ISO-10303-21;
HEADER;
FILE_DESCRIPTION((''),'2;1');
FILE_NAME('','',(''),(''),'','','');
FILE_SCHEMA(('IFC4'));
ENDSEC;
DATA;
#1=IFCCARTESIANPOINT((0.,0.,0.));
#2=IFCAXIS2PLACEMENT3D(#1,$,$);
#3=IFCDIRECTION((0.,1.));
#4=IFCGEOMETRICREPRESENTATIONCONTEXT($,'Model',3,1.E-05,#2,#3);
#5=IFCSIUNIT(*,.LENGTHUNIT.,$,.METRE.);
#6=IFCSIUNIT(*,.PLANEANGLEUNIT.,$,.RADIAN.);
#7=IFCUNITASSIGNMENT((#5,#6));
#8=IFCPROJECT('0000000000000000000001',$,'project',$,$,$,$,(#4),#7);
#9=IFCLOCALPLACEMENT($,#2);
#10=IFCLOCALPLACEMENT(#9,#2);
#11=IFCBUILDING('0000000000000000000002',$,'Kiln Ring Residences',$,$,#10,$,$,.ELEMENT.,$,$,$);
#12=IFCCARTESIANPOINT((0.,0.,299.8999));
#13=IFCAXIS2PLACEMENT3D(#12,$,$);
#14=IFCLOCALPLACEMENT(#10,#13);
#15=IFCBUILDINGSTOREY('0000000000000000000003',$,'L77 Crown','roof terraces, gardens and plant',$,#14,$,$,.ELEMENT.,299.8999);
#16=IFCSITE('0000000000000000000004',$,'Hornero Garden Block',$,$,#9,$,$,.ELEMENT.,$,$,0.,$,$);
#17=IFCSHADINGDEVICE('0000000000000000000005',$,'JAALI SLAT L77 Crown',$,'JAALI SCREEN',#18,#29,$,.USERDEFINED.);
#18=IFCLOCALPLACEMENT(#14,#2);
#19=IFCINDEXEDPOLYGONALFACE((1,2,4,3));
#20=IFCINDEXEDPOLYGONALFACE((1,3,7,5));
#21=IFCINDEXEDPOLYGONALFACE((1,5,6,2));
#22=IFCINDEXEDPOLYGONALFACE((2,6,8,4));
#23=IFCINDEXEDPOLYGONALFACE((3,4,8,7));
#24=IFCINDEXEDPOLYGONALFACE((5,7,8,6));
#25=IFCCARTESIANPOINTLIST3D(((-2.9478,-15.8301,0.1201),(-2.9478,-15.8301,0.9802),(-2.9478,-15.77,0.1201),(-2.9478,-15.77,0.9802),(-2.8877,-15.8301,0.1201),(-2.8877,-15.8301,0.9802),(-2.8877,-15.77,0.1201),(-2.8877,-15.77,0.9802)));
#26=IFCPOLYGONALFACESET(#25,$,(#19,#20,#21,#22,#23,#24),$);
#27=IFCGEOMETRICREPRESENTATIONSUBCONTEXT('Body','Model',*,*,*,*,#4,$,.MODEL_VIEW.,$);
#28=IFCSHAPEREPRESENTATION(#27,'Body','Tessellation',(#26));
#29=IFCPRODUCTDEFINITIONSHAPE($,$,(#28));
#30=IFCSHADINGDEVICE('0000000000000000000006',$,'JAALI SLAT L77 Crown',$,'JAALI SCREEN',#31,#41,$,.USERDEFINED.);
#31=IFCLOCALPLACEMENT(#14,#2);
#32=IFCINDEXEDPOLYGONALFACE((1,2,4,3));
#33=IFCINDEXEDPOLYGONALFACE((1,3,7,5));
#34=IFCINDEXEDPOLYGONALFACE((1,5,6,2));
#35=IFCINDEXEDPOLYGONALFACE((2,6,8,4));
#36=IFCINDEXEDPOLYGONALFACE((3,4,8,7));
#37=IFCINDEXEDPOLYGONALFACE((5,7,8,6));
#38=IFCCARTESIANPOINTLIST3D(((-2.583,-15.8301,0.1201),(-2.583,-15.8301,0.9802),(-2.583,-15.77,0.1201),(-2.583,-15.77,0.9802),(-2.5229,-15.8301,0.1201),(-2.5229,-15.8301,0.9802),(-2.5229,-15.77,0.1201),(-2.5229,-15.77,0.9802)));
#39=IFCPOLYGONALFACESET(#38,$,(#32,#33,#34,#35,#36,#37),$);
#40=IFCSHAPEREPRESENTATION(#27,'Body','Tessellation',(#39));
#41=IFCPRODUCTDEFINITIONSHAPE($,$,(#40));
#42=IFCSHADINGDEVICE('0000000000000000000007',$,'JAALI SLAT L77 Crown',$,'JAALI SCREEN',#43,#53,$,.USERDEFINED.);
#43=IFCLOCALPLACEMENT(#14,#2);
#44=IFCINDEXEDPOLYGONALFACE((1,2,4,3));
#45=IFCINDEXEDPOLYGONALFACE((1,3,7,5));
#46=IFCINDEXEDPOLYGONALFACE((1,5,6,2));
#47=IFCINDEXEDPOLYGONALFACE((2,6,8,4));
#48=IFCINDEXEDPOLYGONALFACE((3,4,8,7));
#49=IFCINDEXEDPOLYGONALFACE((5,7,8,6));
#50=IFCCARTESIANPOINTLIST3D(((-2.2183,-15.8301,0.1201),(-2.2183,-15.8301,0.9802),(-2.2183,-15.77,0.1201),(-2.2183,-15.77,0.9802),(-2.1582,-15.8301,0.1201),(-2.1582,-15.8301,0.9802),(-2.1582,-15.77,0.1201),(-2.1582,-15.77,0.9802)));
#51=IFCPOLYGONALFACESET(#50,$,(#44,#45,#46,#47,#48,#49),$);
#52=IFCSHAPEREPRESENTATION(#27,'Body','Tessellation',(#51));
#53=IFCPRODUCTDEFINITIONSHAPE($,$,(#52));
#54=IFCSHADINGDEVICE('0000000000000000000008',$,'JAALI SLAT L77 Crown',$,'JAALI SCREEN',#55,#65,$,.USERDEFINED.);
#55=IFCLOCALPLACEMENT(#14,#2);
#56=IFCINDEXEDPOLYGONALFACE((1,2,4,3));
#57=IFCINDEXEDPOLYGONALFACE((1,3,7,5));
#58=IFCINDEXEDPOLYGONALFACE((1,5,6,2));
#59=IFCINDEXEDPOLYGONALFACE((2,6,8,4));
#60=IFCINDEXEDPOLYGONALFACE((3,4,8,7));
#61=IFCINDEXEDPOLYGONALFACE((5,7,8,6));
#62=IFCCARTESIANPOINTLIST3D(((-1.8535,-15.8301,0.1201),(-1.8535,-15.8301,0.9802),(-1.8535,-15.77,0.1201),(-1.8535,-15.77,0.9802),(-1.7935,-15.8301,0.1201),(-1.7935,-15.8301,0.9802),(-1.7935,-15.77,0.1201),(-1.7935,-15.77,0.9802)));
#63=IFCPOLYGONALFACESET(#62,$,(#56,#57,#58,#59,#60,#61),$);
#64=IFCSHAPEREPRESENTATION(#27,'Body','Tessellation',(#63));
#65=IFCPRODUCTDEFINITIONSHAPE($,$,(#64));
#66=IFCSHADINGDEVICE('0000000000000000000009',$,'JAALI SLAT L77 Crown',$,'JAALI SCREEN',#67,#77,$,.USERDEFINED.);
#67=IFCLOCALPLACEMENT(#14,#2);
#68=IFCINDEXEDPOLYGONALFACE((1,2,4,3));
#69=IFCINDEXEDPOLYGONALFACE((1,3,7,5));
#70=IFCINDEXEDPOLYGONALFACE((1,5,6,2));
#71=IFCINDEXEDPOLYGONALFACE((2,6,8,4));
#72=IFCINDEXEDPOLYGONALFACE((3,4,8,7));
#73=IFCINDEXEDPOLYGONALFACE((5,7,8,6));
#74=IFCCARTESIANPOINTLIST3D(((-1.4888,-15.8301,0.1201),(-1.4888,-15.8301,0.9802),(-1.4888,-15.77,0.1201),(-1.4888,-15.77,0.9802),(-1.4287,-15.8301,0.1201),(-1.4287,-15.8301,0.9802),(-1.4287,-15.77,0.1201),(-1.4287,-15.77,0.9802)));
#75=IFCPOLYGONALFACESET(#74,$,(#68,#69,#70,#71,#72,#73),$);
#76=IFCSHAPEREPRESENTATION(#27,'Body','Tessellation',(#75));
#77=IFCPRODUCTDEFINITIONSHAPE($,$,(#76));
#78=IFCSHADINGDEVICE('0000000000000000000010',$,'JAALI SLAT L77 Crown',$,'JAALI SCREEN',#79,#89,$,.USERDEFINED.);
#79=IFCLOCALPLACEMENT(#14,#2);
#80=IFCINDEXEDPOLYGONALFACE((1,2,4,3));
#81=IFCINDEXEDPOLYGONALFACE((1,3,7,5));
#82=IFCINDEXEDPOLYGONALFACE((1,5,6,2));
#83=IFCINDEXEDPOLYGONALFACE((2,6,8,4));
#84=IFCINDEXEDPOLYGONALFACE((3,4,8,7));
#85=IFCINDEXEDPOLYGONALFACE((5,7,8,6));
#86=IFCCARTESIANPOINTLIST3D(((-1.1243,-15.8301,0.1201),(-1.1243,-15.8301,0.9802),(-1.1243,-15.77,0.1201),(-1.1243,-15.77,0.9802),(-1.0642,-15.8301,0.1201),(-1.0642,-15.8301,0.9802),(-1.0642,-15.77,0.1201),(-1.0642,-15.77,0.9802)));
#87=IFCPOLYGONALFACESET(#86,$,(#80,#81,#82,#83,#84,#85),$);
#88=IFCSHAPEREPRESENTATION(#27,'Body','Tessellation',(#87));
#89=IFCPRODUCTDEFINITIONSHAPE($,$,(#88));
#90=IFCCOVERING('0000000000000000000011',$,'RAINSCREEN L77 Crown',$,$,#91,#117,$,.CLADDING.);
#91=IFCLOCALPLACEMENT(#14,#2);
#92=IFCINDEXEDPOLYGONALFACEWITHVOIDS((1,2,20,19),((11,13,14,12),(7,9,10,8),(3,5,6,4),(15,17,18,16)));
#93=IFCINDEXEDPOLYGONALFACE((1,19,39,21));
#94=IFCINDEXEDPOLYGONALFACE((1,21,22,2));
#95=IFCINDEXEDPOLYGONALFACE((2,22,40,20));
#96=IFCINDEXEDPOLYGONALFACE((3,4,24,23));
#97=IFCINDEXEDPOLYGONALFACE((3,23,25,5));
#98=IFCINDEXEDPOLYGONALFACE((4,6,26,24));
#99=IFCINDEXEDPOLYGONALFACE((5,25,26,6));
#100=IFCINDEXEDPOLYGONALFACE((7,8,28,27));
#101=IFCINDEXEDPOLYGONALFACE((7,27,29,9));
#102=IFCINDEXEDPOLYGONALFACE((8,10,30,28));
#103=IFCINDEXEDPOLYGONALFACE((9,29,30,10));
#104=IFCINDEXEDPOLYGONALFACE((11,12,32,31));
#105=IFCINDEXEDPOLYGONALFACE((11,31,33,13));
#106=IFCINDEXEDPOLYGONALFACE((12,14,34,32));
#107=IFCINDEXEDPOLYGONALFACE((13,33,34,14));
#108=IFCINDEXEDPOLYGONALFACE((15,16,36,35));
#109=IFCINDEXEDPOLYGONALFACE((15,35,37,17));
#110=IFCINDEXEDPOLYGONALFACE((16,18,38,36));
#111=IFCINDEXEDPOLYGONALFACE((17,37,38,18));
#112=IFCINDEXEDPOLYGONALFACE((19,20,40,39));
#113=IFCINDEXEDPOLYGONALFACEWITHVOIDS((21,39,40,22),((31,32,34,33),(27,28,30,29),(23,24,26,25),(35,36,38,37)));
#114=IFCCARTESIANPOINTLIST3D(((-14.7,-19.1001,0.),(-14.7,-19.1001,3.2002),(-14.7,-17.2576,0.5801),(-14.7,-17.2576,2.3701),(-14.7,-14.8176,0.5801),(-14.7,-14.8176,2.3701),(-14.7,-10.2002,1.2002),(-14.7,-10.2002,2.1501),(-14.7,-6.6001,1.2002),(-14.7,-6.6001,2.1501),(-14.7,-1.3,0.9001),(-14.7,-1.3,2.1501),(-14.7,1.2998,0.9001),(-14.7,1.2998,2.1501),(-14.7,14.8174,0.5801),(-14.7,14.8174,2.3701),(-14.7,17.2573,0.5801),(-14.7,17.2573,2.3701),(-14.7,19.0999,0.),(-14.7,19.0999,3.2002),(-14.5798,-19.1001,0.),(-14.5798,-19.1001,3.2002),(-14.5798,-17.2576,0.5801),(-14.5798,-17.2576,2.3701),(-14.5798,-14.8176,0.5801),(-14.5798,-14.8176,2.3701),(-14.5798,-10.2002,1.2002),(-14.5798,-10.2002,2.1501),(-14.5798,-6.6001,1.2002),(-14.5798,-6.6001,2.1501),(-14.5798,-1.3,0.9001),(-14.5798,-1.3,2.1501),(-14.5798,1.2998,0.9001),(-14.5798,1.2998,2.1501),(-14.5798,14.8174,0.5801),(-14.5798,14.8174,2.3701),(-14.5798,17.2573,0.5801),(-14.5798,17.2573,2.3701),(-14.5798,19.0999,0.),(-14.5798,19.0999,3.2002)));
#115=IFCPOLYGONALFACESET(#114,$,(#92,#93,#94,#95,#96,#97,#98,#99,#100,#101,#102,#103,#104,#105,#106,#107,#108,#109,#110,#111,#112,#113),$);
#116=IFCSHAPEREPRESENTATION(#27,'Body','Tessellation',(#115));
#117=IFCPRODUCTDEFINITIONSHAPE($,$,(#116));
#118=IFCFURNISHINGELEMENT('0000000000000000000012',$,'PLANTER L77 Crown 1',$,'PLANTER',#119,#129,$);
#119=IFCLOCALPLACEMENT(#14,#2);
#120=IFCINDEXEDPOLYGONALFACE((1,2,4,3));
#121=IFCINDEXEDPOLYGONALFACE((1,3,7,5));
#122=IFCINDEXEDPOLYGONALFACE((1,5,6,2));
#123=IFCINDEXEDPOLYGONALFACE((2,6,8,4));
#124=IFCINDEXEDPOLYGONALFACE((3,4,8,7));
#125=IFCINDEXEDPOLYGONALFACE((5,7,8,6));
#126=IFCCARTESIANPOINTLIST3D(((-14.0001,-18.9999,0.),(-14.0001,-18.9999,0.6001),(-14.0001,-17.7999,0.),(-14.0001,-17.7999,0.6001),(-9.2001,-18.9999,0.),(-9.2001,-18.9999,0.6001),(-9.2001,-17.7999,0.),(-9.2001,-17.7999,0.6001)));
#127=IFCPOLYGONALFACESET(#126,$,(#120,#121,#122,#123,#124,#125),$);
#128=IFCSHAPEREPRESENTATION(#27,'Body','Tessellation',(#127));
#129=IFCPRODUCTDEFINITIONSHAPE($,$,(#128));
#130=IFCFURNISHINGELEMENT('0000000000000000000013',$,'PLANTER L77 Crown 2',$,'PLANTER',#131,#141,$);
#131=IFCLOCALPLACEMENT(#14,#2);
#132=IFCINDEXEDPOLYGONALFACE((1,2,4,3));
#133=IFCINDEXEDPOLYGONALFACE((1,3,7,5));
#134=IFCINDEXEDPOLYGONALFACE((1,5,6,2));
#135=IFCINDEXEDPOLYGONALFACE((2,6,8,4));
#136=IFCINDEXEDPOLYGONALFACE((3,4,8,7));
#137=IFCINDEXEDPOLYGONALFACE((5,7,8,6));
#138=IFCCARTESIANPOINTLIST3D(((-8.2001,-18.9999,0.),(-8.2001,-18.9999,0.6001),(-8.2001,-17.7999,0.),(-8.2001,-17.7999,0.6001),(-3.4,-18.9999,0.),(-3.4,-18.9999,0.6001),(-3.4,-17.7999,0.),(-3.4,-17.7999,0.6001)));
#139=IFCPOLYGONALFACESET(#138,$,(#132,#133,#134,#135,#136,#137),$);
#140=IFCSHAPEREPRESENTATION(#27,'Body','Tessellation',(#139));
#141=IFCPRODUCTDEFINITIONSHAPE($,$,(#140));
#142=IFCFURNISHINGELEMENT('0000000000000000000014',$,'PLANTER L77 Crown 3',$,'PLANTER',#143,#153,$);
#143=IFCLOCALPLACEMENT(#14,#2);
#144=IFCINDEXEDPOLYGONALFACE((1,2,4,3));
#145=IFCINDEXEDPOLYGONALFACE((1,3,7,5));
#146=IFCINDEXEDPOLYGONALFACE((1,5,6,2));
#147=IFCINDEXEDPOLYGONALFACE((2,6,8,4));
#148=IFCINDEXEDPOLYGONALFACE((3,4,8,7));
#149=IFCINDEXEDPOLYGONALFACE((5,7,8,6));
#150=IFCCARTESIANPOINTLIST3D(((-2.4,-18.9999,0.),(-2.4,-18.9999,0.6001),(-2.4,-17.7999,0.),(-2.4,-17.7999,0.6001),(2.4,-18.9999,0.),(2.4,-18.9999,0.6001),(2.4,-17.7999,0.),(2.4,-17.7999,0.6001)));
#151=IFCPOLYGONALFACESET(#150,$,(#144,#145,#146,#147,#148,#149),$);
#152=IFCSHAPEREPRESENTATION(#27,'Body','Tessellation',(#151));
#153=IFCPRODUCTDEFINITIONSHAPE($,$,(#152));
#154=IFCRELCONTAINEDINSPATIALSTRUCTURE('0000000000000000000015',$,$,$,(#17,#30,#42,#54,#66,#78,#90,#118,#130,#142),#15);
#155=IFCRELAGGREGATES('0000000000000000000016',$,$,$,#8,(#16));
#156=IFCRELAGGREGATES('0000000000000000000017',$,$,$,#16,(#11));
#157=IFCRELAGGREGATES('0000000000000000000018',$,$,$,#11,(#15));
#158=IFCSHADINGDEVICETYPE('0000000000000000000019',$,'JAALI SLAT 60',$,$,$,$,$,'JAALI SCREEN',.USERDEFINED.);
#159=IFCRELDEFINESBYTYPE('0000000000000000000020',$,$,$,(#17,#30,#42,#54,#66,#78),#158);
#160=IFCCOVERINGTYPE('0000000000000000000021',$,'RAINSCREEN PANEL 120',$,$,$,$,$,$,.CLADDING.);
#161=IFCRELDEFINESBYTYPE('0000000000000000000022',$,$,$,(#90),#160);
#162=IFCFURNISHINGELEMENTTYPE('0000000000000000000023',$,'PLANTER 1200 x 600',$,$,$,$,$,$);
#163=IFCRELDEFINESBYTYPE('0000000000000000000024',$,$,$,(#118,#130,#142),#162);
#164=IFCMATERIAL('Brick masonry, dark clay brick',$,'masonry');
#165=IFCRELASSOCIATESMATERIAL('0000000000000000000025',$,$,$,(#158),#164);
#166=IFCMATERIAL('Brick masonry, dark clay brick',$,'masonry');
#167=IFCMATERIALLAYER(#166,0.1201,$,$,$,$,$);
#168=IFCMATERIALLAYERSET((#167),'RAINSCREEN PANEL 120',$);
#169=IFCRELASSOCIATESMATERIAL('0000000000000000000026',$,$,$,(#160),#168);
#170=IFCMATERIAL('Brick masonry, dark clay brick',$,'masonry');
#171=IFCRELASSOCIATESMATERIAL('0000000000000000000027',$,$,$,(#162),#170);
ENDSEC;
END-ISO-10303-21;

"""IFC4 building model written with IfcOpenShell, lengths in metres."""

from ifc_helpers import new_model, si_unit, direction, frame, origin, origin_2d, place, context, subcontext, project, spatial, polyline, rectangle, outline, extrude, material, layer, layer_set, type_object, element, save


model = new_model("IFC4")

# Units and contexts
model_context = context("Model", 3, precision=1e-05, world=origin(), true_north=direction((0.0, 1.0)))
body_context = subcontext(model_context, "Body", "Model", "MODEL_VIEW")
ifc_project = project(units=[si_unit("LENGTHUNIT", "METRE"), si_unit("PLANEANGLEUNIT", "RADIAN")], contexts=[model_context])

# Site, building, storey
site_placement = place(None, origin())
site = spatial("IfcSite", under=ifc_project, at=site_placement, Name="Hornero Garden Block", CompositionType="ELEMENT", RefElevation=0.0)
building_placement = place(site_placement, origin())
building = spatial("IfcBuilding", under=site, at=building_placement, Name="Kiln Ring Residences", CompositionType="ELEMENT")
storey_placement = place(building_placement, frame((0.0, 0.0, 299.8999)))
storey = spatial("IfcBuildingStorey", under=building, at=storey_placement, Name="L77 Crown", Description="roof terraces, gardens and plant", CompositionType="ELEMENT", Elevation=299.8999)

# Shading devices
ifc_material_1 = material(Name="Brick masonry, dark clay brick", Category="masonry")
shading_device_type = type_object("IfcShadingDeviceType", Name="JAALI SLAT 60", ElementType="JAALI SCREEN", PredefinedType="USERDEFINED", material=ifc_material_1)
for number, where, z_axis, x_axis, name in (
    (1, (-2.9177, -15.8, 0.1201), (0.0, 0.0, 1.0), (1.0, 0.0, 0.0), "JAALI SLAT L77 Crown"),
    (2, (-2.553, -15.8, 0.1201), (0.0, 0.0, 1.0), (1.0, 0.0, 0.0), "JAALI SLAT L77 Crown"),
    (3, (-2.1882, -15.8, 0.1201), (0.0, 0.0, 1.0), (1.0, 0.0, 0.0), "JAALI SLAT L77 Crown"),
    (4, (-1.8235, -15.8, 0.1201), (0.0, 0.0, 1.0), (1.0, 0.0, 0.0), "JAALI SLAT L77 Crown"),
    (5, (-1.4587, -15.8, 0.1201), (0.0, 0.0, 1.0), (1.0, 0.0, 0.0), "JAALI SLAT L77 Crown"),
    (6, (-1.0942, -15.8, 0.1201), (0.0, 0.0, 1.0), (1.0, 0.0, 0.0), "JAALI SLAT L77 Crown"),
):
    element("IfcShadingDevice", number, at=place(storey_placement, frame(where, z_axis=z_axis, x_axis=x_axis)), inside=storey, type_object=shading_device_type, Name=name, ObjectType="JAALI SCREEN", PredefinedType="USERDEFINED", context=body_context, shape_type="SweptSolid", body=[
        extrude(rectangle(XDim=0.0601, YDim=0.0601, at=origin_2d()), origin(), (0.0, 0.0, 1.0), 0.8601),
    ])

# Covering
ifc_material_2 = material(Name="Brick masonry, dark clay brick", Category="masonry")
ifc_layer_1 = layer(ifc_material_2, 0.1201)
ifc_layer_set_1 = layer_set([ifc_layer_1], Name="RAINSCREEN PANEL 120")
covering_type_1 = type_object("IfcCoveringType", Name="RAINSCREEN PANEL 120", PredefinedType="CLADDING", material=ifc_layer_set_1)
covering_1_placement = place(storey_placement, frame((-14.6399, -19.1001, 0.0), z_axis=(0.0, 0.0, 1.0), x_axis=(0.0, 1.0, 0.0)))
element("IfcCovering", 7, at=covering_1_placement, inside=storey, type_object=covering_type_1, Name="RAINSCREEN L77 Crown", PredefinedType="CLADDING", context=body_context, shape_type="SweptSolid", body=[
    extrude(outline(polyline([(0.0, 0.0), (38.2, 0.0), (38.2, 3.2002), (0.0, 3.2002), (0.0, 0.0)]), holes=[polyline([(4.2825, 0.5801), (4.2825, 2.3701), (1.8425, 2.3701), (1.8425, 0.5801), (4.2825, 0.5801)]), polyline([(36.3574, 0.5801), (36.3574, 2.3701), (33.9175, 2.3701), (33.9175, 0.5801), (36.3574, 0.5801)]), polyline([(20.3999, 0.9001), (20.3999, 2.1501), (17.8, 2.1501), (17.8, 0.9001), (20.3999, 0.9001)]), polyline([(12.5, 1.2002), (12.5, 2.1501), (8.8999, 2.1501), (8.8999, 1.2002), (12.5, 1.2002)])]), frame((0.0, 0.0601, 0.0), z_axis=(0.0, -1.0, 0.0), x_axis=(1.0, 0.0, 0.0)), (0.0, 0.0, 1.0), 0.1201),
])

# Furnishing elements
ifc_material_3 = material(Name="Brick masonry, dark clay brick", Category="masonry")
furnishing_element_type = type_object("IfcFurnishingElementType", Name="PLANTER 1200 x 600", material=ifc_material_3)
for number, where, z_axis, x_axis, name in (
    (8, (-11.6001, -18.3999, 0.0), (0.0, 0.0, 1.0), (1.0, 0.0, 0.0), "PLANTER L77 Crown 1"),
    (9, (-5.8, -18.3999, 0.0), (0.0, 0.0, 1.0), (1.0, 0.0, 0.0), "PLANTER L77 Crown 2"),
    (10, (0.0, -18.3999, 0.0), (0.0, 0.0, 1.0), (1.0, 0.0, 0.0), "PLANTER L77 Crown 3"),
):
    element("IfcFurnishingElement", number, at=place(storey_placement, frame(where, z_axis=z_axis, x_axis=x_axis)), inside=storey, type_object=furnishing_element_type, Name=name, ObjectType="PLANTER", context=body_context, shape_type="SweptSolid", body=[
        extrude(rectangle(XDim=4.8, YDim=1.2, at=origin_2d()), origin(), (0.0, 0.0, 1.0), 0.6001),
    ])

save(model, "model.ifc")
